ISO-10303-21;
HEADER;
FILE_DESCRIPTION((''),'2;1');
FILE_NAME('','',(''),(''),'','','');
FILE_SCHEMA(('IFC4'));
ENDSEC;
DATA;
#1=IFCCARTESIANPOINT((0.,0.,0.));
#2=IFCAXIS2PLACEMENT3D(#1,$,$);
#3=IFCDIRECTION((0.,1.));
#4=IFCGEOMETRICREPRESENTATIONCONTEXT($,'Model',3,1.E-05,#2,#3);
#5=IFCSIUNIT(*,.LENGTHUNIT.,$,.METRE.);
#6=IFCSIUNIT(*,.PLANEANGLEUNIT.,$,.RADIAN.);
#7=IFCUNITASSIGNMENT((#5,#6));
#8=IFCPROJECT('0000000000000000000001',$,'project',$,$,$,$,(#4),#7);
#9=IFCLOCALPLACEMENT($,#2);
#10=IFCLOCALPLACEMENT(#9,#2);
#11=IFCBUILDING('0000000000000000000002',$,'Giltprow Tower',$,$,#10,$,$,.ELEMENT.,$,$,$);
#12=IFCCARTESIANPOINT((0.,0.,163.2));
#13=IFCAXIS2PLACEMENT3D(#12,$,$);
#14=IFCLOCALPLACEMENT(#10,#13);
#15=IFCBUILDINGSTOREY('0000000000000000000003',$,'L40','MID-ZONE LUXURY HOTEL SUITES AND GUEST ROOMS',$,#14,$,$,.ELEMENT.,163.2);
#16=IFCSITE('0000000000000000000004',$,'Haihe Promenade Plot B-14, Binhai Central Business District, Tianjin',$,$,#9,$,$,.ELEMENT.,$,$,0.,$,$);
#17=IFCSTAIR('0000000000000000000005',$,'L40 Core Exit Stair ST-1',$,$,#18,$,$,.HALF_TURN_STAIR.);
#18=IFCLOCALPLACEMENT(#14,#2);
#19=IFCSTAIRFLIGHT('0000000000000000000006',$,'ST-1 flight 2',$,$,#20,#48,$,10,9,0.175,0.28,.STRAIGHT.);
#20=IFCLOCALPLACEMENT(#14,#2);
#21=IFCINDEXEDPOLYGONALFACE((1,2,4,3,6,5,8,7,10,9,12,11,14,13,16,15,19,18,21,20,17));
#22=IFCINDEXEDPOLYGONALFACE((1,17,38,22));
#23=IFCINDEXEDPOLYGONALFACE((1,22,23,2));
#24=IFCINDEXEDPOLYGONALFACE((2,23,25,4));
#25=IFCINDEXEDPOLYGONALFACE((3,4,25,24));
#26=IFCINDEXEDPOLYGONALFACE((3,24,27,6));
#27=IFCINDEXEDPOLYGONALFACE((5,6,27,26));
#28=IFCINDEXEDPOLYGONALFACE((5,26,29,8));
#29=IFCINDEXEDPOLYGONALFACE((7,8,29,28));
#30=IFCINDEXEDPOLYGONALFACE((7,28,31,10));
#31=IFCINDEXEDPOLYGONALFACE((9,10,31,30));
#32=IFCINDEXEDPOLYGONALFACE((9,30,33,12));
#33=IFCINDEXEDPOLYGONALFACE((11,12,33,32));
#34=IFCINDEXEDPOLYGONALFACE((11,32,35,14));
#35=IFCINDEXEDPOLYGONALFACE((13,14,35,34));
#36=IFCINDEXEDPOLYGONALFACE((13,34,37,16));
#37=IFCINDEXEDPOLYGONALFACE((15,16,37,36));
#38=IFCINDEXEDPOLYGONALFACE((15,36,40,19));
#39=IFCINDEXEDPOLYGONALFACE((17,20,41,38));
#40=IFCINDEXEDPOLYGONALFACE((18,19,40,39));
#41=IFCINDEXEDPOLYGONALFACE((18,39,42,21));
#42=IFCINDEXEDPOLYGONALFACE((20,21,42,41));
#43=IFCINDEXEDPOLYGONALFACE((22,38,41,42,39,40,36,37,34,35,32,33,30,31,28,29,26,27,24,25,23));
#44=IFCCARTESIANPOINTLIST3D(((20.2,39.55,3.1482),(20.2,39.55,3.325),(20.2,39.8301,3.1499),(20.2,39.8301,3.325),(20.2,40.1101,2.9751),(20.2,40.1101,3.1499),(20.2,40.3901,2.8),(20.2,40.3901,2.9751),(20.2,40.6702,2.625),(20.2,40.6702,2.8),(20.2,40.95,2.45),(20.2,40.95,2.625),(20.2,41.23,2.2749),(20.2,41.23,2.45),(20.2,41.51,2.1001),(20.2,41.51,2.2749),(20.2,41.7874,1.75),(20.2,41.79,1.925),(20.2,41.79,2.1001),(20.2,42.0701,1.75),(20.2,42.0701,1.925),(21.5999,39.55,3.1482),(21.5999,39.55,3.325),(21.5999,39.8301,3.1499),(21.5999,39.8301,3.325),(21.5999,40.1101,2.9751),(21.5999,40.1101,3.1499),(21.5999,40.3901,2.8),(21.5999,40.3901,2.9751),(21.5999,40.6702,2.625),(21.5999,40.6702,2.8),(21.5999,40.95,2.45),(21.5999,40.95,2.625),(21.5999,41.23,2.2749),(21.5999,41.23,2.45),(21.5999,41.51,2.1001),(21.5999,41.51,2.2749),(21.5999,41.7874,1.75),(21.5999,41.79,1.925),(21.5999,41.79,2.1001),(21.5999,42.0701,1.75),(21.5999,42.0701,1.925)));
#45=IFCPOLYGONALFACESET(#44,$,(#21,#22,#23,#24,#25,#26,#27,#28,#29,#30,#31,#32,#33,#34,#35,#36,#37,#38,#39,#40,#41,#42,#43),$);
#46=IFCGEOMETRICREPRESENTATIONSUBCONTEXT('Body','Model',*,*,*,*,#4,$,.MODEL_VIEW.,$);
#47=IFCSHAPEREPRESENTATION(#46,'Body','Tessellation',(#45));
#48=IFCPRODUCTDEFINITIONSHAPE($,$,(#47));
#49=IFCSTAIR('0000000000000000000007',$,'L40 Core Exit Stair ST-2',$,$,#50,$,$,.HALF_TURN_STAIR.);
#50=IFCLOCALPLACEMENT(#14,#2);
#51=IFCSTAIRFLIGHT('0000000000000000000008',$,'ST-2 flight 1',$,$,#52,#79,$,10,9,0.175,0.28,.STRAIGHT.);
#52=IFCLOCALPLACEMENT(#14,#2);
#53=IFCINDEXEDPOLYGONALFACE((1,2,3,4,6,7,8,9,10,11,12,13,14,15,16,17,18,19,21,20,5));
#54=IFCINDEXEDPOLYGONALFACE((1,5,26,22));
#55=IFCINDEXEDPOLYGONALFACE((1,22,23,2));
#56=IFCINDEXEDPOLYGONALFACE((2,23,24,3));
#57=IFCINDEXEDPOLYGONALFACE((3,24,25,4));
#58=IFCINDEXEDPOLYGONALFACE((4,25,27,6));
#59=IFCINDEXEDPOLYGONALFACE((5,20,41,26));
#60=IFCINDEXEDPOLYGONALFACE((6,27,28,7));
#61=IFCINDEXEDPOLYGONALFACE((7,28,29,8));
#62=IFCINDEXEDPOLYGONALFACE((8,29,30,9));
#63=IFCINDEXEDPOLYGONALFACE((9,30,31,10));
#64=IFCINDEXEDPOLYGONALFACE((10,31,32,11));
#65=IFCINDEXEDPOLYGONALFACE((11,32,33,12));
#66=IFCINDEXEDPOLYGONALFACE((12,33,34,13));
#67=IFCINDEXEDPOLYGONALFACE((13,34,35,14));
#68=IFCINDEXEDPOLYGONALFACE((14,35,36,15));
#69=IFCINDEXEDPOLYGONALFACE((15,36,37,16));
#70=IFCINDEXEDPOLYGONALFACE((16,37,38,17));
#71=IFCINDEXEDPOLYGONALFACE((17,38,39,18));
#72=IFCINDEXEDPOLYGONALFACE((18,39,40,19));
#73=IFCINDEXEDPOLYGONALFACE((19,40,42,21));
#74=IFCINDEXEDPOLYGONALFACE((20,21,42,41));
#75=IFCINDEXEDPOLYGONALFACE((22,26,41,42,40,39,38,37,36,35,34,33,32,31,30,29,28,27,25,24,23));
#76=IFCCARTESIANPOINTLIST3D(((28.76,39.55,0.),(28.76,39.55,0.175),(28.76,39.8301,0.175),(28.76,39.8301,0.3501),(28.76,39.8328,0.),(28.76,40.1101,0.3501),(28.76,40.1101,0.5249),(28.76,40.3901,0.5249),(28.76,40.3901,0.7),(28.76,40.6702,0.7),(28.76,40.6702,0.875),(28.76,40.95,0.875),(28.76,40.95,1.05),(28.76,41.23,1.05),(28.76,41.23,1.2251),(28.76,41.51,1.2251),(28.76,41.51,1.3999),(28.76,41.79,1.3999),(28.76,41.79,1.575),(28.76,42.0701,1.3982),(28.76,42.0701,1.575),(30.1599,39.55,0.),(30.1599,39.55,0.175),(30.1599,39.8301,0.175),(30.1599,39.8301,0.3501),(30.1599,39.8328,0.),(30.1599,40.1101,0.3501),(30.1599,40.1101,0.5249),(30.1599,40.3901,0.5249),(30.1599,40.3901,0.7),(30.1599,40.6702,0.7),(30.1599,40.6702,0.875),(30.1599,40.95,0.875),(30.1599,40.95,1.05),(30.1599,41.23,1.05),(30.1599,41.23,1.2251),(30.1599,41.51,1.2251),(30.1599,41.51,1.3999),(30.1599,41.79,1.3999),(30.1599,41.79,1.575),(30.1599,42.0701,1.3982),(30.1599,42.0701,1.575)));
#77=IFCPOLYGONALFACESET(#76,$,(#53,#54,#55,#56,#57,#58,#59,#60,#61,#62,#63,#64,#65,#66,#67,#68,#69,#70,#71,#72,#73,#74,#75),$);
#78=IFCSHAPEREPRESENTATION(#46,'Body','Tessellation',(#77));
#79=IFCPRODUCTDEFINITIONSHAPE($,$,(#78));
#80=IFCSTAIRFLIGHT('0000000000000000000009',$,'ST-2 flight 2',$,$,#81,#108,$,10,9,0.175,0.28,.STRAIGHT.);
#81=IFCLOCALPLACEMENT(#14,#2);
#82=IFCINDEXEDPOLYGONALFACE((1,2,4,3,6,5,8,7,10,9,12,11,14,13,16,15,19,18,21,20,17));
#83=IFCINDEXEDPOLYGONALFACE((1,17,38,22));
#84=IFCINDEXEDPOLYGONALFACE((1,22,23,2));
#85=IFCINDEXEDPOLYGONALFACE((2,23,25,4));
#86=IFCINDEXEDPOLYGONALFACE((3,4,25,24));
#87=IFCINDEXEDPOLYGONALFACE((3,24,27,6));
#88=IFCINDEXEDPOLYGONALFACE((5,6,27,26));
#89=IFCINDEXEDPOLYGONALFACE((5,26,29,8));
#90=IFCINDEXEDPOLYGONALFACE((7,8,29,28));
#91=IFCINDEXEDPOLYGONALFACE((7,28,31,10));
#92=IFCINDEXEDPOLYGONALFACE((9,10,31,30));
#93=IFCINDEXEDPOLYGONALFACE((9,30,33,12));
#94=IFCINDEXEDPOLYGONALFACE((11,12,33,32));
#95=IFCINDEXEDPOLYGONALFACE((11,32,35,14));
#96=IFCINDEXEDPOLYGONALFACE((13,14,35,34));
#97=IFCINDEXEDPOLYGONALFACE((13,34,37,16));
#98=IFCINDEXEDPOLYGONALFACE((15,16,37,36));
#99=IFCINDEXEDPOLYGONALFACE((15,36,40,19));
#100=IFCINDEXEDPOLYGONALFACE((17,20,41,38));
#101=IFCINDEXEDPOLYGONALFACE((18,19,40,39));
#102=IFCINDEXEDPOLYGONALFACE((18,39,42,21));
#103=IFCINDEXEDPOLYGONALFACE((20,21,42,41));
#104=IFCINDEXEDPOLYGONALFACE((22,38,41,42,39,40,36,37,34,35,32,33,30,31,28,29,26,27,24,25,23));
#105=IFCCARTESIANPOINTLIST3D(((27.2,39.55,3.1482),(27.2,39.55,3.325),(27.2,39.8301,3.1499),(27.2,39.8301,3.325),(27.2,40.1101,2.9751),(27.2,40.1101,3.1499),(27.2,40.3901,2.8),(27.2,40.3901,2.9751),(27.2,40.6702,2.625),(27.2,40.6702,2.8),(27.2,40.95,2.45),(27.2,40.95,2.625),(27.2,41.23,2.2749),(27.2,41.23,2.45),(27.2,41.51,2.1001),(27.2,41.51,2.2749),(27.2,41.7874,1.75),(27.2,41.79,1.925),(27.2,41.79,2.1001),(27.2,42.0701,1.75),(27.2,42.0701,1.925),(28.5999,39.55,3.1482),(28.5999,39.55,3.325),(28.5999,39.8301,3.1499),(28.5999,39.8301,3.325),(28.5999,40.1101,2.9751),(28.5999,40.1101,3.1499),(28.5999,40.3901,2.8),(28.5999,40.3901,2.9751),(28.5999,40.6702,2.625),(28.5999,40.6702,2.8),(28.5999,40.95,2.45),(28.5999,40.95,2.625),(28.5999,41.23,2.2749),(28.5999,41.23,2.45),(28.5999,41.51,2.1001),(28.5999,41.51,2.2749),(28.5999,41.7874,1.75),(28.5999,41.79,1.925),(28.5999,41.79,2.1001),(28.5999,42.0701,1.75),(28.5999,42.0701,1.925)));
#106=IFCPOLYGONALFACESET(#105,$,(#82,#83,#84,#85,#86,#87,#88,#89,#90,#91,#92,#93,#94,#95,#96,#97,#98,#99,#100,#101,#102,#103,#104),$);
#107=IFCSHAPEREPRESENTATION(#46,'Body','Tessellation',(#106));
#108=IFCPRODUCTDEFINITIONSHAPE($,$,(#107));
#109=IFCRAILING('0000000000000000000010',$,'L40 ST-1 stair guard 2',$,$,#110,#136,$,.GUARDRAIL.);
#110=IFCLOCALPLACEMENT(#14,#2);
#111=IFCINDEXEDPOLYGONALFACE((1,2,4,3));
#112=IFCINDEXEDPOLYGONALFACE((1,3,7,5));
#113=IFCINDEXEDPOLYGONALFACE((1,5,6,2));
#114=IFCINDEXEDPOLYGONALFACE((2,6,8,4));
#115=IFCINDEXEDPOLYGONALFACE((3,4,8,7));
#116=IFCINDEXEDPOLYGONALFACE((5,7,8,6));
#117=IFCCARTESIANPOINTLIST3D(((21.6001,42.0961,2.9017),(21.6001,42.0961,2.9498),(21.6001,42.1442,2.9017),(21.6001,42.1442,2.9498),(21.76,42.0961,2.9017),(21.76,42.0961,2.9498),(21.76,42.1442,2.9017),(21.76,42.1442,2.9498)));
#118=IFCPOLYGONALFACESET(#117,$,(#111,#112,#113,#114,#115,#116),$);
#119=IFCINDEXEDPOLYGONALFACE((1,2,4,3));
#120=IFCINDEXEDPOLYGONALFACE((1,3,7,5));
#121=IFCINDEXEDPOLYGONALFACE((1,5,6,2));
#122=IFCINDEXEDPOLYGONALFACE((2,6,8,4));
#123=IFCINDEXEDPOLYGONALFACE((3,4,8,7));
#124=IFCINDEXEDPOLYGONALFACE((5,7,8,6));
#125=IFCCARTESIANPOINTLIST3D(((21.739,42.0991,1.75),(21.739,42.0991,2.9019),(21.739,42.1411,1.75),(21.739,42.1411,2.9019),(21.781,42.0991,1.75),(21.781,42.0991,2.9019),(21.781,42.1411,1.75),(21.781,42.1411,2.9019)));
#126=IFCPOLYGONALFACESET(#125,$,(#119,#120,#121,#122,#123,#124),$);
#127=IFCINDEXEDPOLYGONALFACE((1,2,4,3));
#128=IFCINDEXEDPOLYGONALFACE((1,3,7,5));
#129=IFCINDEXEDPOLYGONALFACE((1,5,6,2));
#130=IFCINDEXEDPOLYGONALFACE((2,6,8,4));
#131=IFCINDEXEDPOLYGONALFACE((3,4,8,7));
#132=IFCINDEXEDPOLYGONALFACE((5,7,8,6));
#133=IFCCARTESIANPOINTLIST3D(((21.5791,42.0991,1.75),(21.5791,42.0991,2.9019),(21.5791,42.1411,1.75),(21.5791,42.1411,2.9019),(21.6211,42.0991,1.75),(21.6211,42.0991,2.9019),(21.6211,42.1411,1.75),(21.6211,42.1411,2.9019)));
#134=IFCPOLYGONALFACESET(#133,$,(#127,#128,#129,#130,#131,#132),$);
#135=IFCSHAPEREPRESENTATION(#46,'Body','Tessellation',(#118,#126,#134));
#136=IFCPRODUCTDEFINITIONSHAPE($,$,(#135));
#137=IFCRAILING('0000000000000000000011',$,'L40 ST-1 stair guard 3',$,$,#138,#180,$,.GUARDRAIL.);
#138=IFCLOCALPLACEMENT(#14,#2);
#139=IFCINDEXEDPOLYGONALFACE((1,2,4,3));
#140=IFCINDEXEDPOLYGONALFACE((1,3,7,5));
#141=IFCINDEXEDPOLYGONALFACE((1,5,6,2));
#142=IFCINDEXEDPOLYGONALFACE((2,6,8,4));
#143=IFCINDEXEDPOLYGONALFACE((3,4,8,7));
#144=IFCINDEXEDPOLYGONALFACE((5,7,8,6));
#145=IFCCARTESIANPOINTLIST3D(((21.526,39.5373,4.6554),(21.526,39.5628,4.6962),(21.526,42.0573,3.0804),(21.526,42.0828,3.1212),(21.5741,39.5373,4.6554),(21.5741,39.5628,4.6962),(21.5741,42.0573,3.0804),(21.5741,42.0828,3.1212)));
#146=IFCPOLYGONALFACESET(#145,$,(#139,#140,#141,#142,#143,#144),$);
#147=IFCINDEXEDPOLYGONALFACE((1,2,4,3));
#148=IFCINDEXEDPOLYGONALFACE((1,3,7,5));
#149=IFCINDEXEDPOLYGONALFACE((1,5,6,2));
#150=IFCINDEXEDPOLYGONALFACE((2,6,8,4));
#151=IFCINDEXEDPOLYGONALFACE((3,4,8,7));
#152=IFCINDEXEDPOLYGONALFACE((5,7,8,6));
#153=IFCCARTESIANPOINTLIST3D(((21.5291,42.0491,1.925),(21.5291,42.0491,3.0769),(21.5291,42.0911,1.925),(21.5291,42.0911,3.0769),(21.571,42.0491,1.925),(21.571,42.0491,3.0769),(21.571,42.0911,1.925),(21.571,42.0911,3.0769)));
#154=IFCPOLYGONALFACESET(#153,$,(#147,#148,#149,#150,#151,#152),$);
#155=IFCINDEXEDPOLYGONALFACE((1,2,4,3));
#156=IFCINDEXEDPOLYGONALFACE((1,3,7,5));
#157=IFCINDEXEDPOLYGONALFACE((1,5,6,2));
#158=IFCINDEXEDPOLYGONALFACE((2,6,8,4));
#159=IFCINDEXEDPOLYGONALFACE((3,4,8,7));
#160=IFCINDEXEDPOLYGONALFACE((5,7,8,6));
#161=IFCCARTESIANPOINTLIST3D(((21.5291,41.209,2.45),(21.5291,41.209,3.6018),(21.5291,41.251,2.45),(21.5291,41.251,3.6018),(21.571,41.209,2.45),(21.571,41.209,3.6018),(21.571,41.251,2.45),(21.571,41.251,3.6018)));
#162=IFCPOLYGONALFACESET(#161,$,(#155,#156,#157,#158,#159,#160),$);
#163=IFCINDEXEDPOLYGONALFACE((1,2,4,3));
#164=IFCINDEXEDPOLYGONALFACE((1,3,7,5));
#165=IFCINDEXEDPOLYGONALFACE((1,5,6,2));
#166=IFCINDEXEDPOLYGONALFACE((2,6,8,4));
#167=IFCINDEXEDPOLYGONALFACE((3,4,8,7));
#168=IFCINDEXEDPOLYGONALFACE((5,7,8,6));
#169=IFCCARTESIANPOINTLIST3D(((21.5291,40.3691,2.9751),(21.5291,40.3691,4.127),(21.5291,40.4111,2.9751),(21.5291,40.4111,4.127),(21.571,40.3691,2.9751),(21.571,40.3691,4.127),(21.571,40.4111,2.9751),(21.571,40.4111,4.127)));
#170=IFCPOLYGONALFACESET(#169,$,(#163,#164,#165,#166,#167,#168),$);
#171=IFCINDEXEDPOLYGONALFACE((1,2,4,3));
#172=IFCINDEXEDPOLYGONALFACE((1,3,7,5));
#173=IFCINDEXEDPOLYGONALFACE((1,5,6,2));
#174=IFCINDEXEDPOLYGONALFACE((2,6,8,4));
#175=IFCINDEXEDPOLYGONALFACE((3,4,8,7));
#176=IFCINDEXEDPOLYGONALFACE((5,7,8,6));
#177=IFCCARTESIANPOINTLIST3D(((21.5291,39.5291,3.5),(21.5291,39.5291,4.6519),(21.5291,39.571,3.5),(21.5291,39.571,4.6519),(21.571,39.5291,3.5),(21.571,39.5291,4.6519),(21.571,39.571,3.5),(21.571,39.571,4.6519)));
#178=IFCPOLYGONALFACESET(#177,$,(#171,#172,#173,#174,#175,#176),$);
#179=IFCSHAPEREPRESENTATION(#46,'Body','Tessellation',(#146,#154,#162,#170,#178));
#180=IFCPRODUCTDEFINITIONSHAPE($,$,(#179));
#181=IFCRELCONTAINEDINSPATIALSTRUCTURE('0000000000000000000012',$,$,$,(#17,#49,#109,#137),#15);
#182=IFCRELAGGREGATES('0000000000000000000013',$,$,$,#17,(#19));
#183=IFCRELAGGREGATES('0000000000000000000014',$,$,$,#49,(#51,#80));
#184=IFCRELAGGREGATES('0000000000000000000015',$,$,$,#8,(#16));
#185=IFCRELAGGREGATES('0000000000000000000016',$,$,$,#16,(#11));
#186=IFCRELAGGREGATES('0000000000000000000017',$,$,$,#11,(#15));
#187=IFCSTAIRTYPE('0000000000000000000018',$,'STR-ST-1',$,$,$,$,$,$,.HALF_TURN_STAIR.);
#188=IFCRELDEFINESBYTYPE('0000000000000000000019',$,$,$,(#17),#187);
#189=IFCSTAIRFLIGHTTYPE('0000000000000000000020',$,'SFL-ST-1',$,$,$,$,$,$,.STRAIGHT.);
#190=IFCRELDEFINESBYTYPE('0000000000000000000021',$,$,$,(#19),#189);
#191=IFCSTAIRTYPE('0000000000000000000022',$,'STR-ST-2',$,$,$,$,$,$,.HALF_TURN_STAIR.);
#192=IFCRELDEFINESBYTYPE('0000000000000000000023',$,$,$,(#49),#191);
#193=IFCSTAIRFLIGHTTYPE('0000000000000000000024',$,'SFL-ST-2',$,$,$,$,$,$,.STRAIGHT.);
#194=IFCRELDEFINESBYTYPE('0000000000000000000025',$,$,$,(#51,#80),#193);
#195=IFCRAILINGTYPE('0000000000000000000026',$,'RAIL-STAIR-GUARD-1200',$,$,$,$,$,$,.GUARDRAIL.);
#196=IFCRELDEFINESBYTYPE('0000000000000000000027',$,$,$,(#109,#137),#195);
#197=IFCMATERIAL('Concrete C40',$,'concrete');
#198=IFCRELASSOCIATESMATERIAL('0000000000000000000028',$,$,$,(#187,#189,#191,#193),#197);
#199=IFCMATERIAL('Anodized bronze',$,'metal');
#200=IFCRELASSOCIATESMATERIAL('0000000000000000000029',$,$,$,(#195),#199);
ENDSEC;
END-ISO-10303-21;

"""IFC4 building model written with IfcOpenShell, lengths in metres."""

from ifc_helpers import new_model, si_unit, direction, frame, origin, origin_2d, place, context, subcontext, project, spatial, polyline, rectangle, outline, extrude, material, type_object, element, aggregate, save


model = new_model("IFC4")

# Units and contexts
model_context = context("Model", 3, precision=1e-05, world=origin(), true_north=direction((0.0, 1.0)))
body_context = subcontext(model_context, "Body", "Model", "MODEL_VIEW")
ifc_project = project(units=[si_unit("LENGTHUNIT", "METRE"), si_unit("PLANEANGLEUNIT", "RADIAN")], contexts=[model_context])

# Site, building, storey
site_placement = place(None, origin())
site = spatial("IfcSite", under=ifc_project, at=site_placement, Name="Haihe Promenade Plot B-14, Binhai Central Business District, Tianjin", CompositionType="ELEMENT", RefElevation=0.0)
building_placement = place(site_placement, origin())
building = spatial("IfcBuilding", under=site, at=building_placement, Name="Giltprow Tower", CompositionType="ELEMENT")
storey_placement = place(building_placement, frame((0.0, 0.0, 163.2)))
storey = spatial("IfcBuildingStorey", under=building, at=storey_placement, Name="L40", Description="MID-ZONE LUXURY HOTEL SUITES AND GUEST ROOMS", CompositionType="ELEMENT", Elevation=163.2)

# Shared definitions
ifc_material_1 = material(Name="Concrete C40", Category="concrete")

# Stair, stair flight
stair_type_1 = type_object("IfcStairType", Name="STR-ST-1", PredefinedType="HALF_TURN_STAIR", material=ifc_material_1)
stair_1_placement = place(storey_placement, origin())
stair_1 = element("IfcStair", 1, at=stair_1_placement, inside=storey, type_object=stair_type_1, Name="L40 Core Exit Stair ST-1", PredefinedType="HALF_TURN_STAIR")
stair_flight_type_1 = type_object("IfcStairFlightType", Name="SFL-ST-1", PredefinedType="STRAIGHT", material=ifc_material_1)
stair_flight_1_placement = place(storey_placement, frame((20.8999, 42.0701, 1.75), z_axis=(0.0, 0.0, 1.0), x_axis=(0.0, -1.0, 0.0)))
stair_flight_1 = element("IfcStairFlight", 2, at=stair_flight_1_placement, type_object=stair_flight_type_1, Name="ST-1 flight 2", NumberOfRisers=10, NumberOfTreads=9, PredefinedType="STRAIGHT", RiserHeight=0.175, TreadLength=0.28, context=body_context, shape_type="SweptSolid", body=[
    extrude(outline(polyline([(0.0, 0.0), (0.0, 0.175), (0.28, 0.175), (0.28, 0.3501), (0.5601, 0.3501), (0.5601, 0.5249), (0.8401, 0.5249), (0.8401, 0.7), (1.1201, 0.7), (1.1201, 0.875), (1.3999, 0.875), (1.3999, 1.05), (1.6799, 1.05), (1.6799, 1.2251), (1.96, 1.2251), (1.96, 1.3999), (2.24, 1.3999), (2.24, 1.575), (2.52, 1.575), (2.52, 1.75), (2.52, 1.3982), (0.2827, 0.0), (0.0, 0.0)])), frame((0.0, 0.7, 0.0), z_axis=(0.0, -1.0, 0.0), x_axis=(1.0, 0.0, 0.0)), (0.0, 0.0, 1.0), 1.3999),
])
aggregate(stair_1, [stair_flight_1])

# Stair, stair flights
stair_type_2 = type_object("IfcStairType", Name="STR-ST-2", PredefinedType="HALF_TURN_STAIR", material=ifc_material_1)
stair_2_placement = place(storey_placement, origin())
stair_2 = element("IfcStair", 3, at=stair_2_placement, inside=storey, type_object=stair_type_2, Name="L40 Core Exit Stair ST-2", PredefinedType="HALF_TURN_STAIR")
stair_flight_type_2 = type_object("IfcStairFlightType", Name="SFL-ST-2", PredefinedType="STRAIGHT", material=ifc_material_1)
stair_flight_2_placement = place(storey_placement, frame((29.46, 39.55, 0.0), z_axis=(0.0, 0.0, 1.0), x_axis=(0.0, 1.0, 0.0)))
stair_flight_2 = element("IfcStairFlight", 4, at=stair_flight_2_placement, type_object=stair_flight_type_2, Name="ST-2 flight 1", NumberOfRisers=10, NumberOfTreads=9, PredefinedType="STRAIGHT", RiserHeight=0.175, TreadLength=0.28, context=body_context, shape_type="SweptSolid", body=[
    extrude(outline(polyline([(0.0, 0.0), (0.0, 0.175), (0.28, 0.175), (0.28, 0.3501), (0.5601, 0.3501), (0.5601, 0.5249), (0.8401, 0.5249), (0.8401, 0.7), (1.1201, 0.7), (1.1201, 0.875), (1.3999, 0.875), (1.3999, 1.05), (1.6799, 1.05), (1.6799, 1.2251), (1.96, 1.2251), (1.96, 1.3999), (2.24, 1.3999), (2.24, 1.575), (2.52, 1.575), (2.52, 1.75), (2.52, 1.3982), (0.2827, 0.0), (0.0, 0.0)])), frame((0.0, 0.7, 0.0), z_axis=(0.0, -1.0, 0.0), x_axis=(1.0, 0.0, 0.0)), (0.0, 0.0, 1.0), 1.3999),
])
stair_flight_3_placement = place(storey_placement, frame((27.8999, 42.0701, 1.75), z_axis=(0.0, 0.0, 1.0), x_axis=(0.0, -1.0, 0.0)))
stair_flight_3 = element("IfcStairFlight", 5, at=stair_flight_3_placement, type_object=stair_flight_type_2, Name="ST-2 flight 2", NumberOfRisers=10, NumberOfTreads=9, PredefinedType="STRAIGHT", RiserHeight=0.175, TreadLength=0.28, context=body_context, shape_type="SweptSolid", body=[
    extrude(outline(polyline([(0.0, 0.0), (0.0, 0.175), (0.28, 0.175), (0.28, 0.3501), (0.5601, 0.3501), (0.5601, 0.5249), (0.8401, 0.5249), (0.8401, 0.7), (1.1201, 0.7), (1.1201, 0.875), (1.3999, 0.875), (1.3999, 1.05), (1.6799, 1.05), (1.6799, 1.2251), (1.96, 1.2251), (1.96, 1.3999), (2.24, 1.3999), (2.24, 1.575), (2.52, 1.575), (2.52, 1.75), (2.52, 1.3982), (0.2827, 0.0), (0.0, 0.0)])), frame((0.0, 0.7, 0.0), z_axis=(0.0, -1.0, 0.0), x_axis=(1.0, 0.0, 0.0)), (0.0, 0.0, 1.0), 1.3999),
])
aggregate(stair_2, [stair_flight_2, stair_flight_3])

# Railings
ifc_material_2 = material(Name="Anodized bronze", Category="metal")
railing_type_1 = type_object("IfcRailingType", Name="RAIL-STAIR-GUARD-1200", PredefinedType="GUARDRAIL", material=ifc_material_2)
railing_1_placement = place(storey_placement, frame((21.76, 42.1201, 1.75)))
element("IfcRailing", 6, at=railing_1_placement, inside=storey, type_object=railing_type_1, Name="L40 ST-1 stair guard 2", PredefinedType="GUARDRAIL", context=body_context, shape_type="SweptSolid", body=[
    extrude(rectangle(XDim=0.0481, YDim=0.0481, at=origin_2d()), frame((0.0, 0.0, 1.1758), z_axis=(-1.0, 0.0, 0.0), x_axis=(0.0, -1.0, 0.0)), (0.0, 0.0, 1.0), 0.1599),
    extrude(rectangle(XDim=0.042, YDim=0.042, at=origin_2d()), origin(), (0.0, 0.0, 1.0), 1.1519),
    extrude(rectangle(XDim=0.042, YDim=0.042, at=origin_2d()), frame((-0.1599, 0.0, 0.0)), (0.0, 0.0, 1.0), 1.1519),
])
railing_2_placement = place(storey_placement, frame((21.55, 42.0701, 1.925)))
element("IfcRailing", 7, at=railing_2_placement, inside=storey, type_object=railing_type_1, Name="L40 ST-1 stair guard 3", PredefinedType="GUARDRAIL", context=body_context, shape_type="SweptSolid", body=[
    extrude(rectangle(XDim=0.0481, YDim=0.0481, at=origin_2d()), frame((0.0, 0.0, 1.1758), z_axis=(0.0, -0.848008, 0.529984), x_axis=(1.0, 0.0, 0.0)), (0.0, 0.0, 1.0), 2.9717),
    extrude(rectangle(XDim=0.042, YDim=0.042, at=origin_2d()), origin(), (0.0, 0.0, 1.0), 1.1519),
    extrude(rectangle(XDim=0.042, YDim=0.042, at=origin_2d()), frame((0.0, -0.8401, 0.5249)), (0.0, 0.0, 1.0), 1.1519),
    extrude(rectangle(XDim=0.042, YDim=0.042, at=origin_2d()), frame((0.0, -1.6799, 1.05)), (0.0, 0.0, 1.0), 1.1519),
    extrude(rectangle(XDim=0.042, YDim=0.042, at=origin_2d()), frame((0.0, -2.52, 1.575)), (0.0, 0.0, 1.0), 1.1519),
])

save(model, "model.ifc")
